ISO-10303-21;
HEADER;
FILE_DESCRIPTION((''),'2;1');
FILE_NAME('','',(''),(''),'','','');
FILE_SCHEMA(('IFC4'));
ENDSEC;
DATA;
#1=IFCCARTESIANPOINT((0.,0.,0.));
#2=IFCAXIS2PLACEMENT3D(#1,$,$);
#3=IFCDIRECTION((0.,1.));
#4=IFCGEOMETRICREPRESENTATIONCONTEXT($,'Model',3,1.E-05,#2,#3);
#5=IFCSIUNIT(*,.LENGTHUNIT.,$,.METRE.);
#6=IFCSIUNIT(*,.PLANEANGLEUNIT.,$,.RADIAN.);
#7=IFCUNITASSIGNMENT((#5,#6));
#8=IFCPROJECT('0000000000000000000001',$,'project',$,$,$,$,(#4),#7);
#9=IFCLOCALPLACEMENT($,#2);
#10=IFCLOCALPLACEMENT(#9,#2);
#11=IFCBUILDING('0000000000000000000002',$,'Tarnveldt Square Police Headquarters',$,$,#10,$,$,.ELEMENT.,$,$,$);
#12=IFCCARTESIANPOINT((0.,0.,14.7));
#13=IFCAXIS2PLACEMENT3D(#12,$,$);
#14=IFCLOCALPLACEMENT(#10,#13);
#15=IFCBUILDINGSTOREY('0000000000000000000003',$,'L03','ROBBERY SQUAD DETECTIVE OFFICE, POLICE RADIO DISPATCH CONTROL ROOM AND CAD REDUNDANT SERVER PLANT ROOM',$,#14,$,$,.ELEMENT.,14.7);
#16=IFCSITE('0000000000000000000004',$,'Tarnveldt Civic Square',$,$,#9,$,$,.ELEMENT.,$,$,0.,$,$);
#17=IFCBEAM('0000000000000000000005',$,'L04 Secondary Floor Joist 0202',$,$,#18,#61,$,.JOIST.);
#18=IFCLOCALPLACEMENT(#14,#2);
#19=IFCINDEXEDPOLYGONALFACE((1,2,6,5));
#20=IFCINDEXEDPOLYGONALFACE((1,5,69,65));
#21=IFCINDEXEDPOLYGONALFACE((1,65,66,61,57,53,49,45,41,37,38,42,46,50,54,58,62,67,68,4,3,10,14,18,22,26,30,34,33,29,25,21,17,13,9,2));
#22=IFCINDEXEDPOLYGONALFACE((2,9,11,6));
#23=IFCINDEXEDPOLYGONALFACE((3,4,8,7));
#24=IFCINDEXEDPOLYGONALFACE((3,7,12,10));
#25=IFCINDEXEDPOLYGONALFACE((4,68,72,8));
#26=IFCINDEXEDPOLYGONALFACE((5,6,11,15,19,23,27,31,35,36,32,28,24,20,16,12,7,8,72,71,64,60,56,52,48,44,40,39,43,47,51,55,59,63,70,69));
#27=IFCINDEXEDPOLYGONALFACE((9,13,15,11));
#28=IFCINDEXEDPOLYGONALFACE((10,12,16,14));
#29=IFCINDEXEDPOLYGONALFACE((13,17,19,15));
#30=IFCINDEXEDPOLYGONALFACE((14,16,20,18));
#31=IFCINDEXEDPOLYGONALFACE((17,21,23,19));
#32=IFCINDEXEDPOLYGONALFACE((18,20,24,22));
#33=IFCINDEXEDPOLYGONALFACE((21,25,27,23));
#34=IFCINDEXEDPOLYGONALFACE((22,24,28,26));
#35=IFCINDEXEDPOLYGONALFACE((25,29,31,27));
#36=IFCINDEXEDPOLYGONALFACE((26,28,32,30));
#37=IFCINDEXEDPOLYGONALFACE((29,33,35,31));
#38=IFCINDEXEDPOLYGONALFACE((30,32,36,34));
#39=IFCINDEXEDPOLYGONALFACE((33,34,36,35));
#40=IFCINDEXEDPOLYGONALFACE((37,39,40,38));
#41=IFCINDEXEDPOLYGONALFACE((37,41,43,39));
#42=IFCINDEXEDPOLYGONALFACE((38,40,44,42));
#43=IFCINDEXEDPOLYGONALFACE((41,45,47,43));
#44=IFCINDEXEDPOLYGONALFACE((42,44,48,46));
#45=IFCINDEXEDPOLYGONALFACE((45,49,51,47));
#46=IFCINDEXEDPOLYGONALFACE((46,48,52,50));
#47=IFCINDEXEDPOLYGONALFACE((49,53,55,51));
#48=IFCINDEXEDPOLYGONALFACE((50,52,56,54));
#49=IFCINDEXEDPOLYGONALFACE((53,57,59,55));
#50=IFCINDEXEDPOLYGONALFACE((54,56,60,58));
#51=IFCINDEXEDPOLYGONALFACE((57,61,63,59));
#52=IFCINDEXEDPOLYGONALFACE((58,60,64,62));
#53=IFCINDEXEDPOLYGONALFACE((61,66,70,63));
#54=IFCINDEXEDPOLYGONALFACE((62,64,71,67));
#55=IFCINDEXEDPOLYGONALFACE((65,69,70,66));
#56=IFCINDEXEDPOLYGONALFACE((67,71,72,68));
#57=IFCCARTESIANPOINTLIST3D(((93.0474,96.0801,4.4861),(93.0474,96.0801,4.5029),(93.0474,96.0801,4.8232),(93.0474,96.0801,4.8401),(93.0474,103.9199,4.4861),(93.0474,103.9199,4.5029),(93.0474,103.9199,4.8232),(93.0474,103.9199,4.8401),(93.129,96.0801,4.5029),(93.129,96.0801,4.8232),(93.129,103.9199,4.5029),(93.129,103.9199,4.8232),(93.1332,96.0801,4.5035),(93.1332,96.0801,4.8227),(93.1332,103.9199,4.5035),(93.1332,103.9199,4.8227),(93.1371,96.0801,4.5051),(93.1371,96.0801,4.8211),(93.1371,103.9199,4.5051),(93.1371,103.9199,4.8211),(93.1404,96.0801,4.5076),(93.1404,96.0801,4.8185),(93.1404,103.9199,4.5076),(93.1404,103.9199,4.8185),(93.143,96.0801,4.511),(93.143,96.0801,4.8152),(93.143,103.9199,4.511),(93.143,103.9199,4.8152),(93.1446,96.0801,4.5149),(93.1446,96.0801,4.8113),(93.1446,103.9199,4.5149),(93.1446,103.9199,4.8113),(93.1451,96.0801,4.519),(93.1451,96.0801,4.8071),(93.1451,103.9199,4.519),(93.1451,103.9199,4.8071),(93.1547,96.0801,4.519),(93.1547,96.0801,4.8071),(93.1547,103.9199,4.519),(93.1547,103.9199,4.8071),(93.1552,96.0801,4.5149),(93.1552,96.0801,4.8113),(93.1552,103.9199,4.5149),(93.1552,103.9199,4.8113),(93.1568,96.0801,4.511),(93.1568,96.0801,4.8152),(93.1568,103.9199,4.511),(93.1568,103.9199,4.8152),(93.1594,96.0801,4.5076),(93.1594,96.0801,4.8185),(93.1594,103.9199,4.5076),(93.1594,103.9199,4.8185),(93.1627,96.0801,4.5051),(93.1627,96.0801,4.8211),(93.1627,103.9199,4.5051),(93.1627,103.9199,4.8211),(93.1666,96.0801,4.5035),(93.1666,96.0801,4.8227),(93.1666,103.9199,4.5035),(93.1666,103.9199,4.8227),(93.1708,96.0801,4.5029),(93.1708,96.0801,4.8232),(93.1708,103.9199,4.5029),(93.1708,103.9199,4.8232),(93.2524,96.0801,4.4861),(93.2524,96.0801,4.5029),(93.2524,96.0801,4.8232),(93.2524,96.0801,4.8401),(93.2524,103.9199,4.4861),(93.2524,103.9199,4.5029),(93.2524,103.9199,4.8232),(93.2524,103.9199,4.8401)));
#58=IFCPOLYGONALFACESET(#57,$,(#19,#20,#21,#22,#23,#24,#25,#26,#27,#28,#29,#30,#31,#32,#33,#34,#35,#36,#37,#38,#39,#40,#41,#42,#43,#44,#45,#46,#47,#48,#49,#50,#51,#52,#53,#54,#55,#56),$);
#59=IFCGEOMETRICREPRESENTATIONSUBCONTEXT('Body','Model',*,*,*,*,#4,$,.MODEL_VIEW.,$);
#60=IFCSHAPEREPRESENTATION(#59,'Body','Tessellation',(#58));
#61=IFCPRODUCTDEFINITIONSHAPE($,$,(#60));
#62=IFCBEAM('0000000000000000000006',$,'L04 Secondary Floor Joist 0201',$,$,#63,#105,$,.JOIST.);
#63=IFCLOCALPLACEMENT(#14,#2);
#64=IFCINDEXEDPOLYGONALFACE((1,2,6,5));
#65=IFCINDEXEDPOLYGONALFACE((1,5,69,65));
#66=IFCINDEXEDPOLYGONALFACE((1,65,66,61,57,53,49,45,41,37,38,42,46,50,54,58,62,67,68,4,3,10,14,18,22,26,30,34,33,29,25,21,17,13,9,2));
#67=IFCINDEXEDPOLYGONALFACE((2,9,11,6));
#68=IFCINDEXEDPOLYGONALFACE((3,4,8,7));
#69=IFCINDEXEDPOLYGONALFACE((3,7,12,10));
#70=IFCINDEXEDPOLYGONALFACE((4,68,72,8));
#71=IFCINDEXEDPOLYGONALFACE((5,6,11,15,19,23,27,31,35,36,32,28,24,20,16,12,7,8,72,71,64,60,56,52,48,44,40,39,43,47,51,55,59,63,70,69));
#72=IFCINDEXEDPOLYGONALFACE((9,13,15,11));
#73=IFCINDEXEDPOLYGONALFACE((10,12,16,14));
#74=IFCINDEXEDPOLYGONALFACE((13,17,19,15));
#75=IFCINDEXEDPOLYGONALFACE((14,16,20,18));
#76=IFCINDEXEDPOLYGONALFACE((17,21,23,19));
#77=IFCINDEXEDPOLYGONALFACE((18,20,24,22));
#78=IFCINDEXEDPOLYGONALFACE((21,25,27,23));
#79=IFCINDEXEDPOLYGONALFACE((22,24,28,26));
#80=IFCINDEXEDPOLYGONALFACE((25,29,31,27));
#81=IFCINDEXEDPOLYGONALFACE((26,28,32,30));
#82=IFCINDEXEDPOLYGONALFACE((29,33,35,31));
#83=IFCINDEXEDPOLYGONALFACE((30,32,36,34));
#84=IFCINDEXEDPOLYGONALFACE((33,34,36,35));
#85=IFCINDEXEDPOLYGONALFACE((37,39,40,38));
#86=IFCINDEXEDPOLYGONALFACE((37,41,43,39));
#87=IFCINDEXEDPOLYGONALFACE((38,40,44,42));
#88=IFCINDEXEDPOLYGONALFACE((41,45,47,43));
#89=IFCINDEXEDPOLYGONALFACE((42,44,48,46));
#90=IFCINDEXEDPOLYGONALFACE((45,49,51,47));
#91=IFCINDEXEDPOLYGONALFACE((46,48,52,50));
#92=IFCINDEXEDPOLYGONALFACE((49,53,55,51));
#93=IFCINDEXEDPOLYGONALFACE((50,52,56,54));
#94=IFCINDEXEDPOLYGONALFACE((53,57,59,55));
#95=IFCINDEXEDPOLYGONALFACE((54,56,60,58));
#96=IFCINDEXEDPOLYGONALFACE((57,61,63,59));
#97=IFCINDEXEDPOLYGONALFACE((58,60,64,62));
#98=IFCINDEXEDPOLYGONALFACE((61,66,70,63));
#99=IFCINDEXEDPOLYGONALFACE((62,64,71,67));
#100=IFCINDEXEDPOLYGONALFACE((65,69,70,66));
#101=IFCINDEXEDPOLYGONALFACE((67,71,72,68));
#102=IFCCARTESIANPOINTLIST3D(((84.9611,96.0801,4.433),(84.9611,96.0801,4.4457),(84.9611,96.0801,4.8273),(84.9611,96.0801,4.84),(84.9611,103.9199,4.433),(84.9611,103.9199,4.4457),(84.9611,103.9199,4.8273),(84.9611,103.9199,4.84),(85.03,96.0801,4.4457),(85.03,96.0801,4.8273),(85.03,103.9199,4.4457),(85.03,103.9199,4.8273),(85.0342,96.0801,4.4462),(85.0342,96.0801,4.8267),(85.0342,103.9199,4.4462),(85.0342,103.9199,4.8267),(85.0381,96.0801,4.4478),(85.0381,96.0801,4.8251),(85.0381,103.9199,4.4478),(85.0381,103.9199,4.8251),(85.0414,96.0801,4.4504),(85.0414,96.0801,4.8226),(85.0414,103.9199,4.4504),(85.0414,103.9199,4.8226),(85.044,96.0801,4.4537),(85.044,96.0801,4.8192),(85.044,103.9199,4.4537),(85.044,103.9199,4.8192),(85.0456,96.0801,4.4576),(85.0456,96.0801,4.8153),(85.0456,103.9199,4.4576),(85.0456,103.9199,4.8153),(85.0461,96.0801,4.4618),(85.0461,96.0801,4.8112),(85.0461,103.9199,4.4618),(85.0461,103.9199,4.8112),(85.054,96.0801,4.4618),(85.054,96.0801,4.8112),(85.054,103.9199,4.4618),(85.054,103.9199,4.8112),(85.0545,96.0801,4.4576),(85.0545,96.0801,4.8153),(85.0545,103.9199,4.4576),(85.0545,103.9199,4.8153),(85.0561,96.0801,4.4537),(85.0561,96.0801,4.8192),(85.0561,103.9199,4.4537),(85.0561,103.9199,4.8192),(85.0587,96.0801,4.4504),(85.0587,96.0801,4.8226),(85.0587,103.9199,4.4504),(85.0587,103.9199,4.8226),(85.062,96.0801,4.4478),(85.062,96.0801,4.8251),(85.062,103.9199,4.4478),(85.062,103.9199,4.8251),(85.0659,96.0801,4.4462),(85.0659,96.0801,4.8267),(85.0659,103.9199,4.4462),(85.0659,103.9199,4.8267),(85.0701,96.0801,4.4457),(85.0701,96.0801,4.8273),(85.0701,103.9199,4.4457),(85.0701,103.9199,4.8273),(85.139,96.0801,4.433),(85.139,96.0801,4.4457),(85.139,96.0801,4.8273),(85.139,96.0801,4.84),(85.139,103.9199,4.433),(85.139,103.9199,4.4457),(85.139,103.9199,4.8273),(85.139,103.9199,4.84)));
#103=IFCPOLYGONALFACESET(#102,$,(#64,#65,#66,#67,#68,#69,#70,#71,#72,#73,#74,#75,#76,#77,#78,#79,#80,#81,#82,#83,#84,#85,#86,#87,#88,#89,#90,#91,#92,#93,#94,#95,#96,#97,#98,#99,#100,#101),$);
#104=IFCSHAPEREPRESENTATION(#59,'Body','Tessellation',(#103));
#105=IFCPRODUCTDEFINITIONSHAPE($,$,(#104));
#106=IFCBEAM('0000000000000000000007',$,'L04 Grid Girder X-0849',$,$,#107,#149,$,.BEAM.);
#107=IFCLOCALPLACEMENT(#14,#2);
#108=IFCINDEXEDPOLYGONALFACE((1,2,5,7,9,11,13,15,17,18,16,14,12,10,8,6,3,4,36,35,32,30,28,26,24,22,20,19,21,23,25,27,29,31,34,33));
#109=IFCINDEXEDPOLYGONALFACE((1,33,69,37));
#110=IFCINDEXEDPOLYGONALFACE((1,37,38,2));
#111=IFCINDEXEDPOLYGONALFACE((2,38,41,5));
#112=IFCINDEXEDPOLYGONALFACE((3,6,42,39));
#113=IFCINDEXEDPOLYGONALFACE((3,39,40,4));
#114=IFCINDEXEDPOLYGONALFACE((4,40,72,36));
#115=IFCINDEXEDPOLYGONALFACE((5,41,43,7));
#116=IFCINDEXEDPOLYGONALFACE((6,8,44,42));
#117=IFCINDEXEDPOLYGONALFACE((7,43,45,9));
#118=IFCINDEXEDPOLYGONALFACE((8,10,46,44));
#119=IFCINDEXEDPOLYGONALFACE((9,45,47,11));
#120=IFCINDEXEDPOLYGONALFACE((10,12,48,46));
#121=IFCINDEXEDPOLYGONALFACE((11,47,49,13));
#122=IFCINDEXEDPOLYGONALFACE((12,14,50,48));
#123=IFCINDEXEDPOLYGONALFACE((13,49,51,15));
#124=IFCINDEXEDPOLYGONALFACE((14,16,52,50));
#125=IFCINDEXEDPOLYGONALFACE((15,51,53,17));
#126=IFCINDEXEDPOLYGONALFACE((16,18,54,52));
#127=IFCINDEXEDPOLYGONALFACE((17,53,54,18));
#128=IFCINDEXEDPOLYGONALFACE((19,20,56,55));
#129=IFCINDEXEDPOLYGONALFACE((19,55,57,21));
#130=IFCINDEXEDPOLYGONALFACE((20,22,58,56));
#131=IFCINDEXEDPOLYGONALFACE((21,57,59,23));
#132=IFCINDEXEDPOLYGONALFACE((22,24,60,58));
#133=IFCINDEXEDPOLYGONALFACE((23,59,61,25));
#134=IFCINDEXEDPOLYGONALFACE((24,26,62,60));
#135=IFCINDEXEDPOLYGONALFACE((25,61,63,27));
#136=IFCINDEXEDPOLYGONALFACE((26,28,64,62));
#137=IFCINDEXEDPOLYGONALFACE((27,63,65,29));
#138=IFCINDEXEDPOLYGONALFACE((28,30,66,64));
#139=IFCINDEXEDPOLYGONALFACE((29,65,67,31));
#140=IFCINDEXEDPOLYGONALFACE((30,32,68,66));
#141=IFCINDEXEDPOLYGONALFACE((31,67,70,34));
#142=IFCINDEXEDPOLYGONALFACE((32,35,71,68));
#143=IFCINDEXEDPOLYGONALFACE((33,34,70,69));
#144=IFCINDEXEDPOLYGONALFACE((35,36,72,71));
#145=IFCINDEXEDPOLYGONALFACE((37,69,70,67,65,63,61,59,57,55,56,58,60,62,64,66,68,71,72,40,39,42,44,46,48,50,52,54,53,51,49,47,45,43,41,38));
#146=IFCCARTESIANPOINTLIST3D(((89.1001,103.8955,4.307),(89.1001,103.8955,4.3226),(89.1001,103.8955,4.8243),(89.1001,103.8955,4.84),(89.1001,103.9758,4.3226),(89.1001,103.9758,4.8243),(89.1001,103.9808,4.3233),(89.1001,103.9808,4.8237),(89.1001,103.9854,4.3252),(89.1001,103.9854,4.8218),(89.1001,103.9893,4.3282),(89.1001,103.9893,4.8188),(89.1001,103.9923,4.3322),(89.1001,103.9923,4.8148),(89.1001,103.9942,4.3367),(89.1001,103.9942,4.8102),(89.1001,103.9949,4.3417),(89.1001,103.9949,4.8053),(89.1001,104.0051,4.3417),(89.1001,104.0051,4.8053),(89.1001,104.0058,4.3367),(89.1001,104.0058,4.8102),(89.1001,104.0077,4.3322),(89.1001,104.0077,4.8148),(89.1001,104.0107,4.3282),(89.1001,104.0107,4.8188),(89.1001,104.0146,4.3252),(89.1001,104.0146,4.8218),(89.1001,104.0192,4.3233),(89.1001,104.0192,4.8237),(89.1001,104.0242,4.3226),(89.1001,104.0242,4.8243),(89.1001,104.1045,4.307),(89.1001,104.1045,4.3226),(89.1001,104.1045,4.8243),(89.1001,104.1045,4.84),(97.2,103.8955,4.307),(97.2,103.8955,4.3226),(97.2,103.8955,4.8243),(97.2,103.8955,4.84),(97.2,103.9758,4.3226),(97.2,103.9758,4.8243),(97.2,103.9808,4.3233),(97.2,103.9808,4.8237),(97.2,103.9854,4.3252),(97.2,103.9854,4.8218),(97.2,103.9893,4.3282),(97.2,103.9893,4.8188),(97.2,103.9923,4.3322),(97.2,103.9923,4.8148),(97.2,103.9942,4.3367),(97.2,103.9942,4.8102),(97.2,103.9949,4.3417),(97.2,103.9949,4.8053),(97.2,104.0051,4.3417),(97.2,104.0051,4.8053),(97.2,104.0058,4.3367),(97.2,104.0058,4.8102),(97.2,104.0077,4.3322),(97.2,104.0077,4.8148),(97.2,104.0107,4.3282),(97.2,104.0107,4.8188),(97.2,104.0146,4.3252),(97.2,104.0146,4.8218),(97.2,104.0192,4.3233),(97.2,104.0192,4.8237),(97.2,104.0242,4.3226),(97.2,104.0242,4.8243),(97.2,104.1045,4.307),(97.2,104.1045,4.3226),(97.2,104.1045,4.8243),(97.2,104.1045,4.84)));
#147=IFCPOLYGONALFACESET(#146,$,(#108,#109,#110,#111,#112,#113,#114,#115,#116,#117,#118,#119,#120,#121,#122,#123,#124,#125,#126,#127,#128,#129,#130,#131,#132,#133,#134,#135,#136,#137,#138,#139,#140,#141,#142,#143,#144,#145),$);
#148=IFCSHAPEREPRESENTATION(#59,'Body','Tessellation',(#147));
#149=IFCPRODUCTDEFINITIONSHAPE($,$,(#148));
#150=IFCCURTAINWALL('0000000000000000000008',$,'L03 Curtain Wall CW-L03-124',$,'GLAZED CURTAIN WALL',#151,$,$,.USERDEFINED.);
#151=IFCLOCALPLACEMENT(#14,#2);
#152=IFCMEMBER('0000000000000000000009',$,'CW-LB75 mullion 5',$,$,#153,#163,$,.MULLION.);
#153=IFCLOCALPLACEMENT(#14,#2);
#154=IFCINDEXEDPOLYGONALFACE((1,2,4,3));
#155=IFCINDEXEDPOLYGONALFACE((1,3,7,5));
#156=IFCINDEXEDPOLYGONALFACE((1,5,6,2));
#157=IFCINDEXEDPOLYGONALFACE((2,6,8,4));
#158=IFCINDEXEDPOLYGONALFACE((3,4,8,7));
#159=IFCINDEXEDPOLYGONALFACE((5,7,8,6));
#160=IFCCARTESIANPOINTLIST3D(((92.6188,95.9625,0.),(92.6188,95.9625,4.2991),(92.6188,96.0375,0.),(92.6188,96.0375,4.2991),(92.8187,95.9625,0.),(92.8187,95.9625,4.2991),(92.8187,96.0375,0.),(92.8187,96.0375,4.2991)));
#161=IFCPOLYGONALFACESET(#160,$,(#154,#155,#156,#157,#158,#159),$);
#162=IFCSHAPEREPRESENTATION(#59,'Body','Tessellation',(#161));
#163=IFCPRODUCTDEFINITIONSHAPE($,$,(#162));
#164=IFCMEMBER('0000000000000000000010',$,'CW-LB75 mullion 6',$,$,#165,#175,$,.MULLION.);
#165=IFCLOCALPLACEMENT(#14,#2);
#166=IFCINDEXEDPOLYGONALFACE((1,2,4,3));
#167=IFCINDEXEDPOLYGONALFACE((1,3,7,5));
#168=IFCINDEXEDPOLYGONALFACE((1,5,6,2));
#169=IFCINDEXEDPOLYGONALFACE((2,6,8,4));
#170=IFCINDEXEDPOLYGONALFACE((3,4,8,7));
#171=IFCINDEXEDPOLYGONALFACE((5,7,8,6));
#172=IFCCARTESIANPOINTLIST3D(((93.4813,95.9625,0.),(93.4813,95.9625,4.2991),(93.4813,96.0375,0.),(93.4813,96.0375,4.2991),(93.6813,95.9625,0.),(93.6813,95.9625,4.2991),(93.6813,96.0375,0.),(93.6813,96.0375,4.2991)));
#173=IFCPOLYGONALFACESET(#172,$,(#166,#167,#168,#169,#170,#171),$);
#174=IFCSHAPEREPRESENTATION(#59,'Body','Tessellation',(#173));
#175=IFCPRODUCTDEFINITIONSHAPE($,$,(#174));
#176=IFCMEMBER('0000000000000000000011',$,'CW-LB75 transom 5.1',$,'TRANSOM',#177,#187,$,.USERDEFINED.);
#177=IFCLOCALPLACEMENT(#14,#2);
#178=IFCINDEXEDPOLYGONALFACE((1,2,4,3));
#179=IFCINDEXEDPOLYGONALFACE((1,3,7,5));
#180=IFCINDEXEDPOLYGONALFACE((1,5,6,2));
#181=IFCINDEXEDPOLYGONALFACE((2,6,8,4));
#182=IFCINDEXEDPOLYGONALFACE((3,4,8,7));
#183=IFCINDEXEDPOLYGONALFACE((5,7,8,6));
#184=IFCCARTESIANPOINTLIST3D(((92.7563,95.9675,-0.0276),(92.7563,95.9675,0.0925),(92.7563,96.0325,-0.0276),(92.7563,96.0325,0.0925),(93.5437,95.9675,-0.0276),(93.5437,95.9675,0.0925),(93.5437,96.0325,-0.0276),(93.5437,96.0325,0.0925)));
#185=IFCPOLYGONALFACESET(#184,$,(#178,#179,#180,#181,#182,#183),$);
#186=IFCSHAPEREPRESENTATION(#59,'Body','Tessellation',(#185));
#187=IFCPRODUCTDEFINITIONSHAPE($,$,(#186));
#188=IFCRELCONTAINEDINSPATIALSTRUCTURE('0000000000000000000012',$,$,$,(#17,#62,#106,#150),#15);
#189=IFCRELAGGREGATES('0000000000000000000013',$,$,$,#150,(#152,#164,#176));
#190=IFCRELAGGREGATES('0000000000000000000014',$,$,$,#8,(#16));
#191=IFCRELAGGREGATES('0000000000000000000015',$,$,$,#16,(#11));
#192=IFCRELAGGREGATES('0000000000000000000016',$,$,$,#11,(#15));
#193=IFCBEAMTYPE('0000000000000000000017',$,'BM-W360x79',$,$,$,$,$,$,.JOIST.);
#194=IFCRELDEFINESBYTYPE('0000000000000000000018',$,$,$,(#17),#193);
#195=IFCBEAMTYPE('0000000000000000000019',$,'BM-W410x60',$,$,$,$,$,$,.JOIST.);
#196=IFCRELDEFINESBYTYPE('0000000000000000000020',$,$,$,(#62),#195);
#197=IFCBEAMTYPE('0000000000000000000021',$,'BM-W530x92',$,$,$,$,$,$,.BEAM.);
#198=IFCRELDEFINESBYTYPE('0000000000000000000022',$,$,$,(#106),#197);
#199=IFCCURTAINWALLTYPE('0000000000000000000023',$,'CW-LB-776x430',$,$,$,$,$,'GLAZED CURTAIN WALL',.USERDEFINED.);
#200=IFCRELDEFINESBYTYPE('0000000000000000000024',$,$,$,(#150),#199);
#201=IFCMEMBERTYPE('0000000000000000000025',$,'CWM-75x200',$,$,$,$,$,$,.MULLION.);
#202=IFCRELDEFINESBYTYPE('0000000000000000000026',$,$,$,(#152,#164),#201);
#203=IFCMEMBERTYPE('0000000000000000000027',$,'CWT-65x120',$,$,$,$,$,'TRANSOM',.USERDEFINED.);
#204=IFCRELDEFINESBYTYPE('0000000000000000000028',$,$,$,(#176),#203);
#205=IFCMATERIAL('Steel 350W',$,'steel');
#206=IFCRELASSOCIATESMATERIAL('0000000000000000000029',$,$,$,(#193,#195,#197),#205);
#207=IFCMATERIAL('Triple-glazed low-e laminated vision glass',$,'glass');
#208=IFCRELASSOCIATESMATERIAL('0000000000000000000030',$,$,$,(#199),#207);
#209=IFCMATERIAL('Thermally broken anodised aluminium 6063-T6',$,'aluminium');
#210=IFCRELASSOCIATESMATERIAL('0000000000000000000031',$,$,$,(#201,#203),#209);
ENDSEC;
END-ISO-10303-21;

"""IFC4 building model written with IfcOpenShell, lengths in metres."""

from ifc_helpers import new_model, si_unit, direction, frame, origin, origin_2d, place, context, subcontext, project, spatial, rectangle, i_section, extrude, material, material_profile, profile_set, type_object, element, aggregate, save


model = new_model("IFC4")

# Units and contexts
model_context = context("Model", 3, precision=1e-05, world=origin(), true_north=direction((0.0, 1.0)))
body_context = subcontext(model_context, "Body", "Model", "MODEL_VIEW")
ifc_project = project(units=[si_unit("LENGTHUNIT", "METRE"), si_unit("PLANEANGLEUNIT", "RADIAN")], contexts=[model_context])

# Site, building, storey
site_placement = place(None, origin())
site = spatial("IfcSite", under=ifc_project, at=site_placement, Name="Tarnveldt Civic Square", CompositionType="ELEMENT", RefElevation=0.0)
building_placement = place(site_placement, origin())
building = spatial("IfcBuilding", under=site, at=building_placement, Name="Tarnveldt Square Police Headquarters", CompositionType="ELEMENT")
storey_placement = place(building_placement, frame((0.0, 0.0, 14.7)))
storey = spatial("IfcBuildingStorey", under=building, at=storey_placement, Name="L03", Description="ROBBERY SQUAD DETECTIVE OFFICE, POLICE RADIO DISPATCH CONTROL ROOM AND CAD REDUNDANT SERVER PLANT ROOM", CompositionType="ELEMENT", Elevation=14.7)

# Shared definitions
ifc_material_1 = material(Name="Steel 350W", Category="steel")

# Beams
ifc_material_profile_1 = material_profile(ifc_material_1, i_section(OverallWidth=0.2051, OverallDepth=0.354, WebThickness=0.0095, FlangeThickness=0.0168, FilletRadius=0.0161, at=origin_2d()), Name="W360x79")
ifc_profile_set_1 = profile_set([ifc_material_profile_1], Name="Steel 350W")
beam_type_1 = type_object("IfcBeamType", Name="BM-W360x79", PredefinedType="JOIST", material=ifc_profile_set_1)
beam_1_placement = place(storey_placement, frame((93.1499, 96.0801, 4.6631), z_axis=(0.0, 1.0, 0.0), x_axis=(-1.0, 0.0, 0.0)))
element("IfcBeam", 1, at=beam_1_placement, inside=storey, type_object=beam_type_1, Name="L04 Secondary Floor Joist 0202", PredefinedType="JOIST", context=body_context, shape_type="SweptSolid", body=[
    extrude(i_section(OverallWidth=0.2051, OverallDepth=0.354, WebThickness=0.0095, FlangeThickness=0.0168, FilletRadius=0.0161, at=origin_2d()), origin(), (0.0, 0.0, 1.0), 7.8398),
])
ifc_material_profile_2 = material_profile(ifc_material_1, i_section(OverallWidth=0.178, OverallDepth=0.407, WebThickness=0.0078, FlangeThickness=0.0127, FilletRadius=0.0161, at=origin_2d()), Name="W410x60")
ifc_profile_set_2 = profile_set([ifc_material_profile_2], Name="Steel 350W")
beam_type_2 = type_object("IfcBeamType", Name="BM-W410x60", PredefinedType="JOIST", material=ifc_profile_set_2)
beam_2_placement = place(storey_placement, frame((85.05, 96.0801, 4.6365), z_axis=(0.0, 1.0, 0.0), x_axis=(-1.0, 0.0, 0.0)))
element("IfcBeam", 2, at=beam_2_placement, inside=storey, type_object=beam_type_2, Name="L04 Secondary Floor Joist 0201", PredefinedType="JOIST", context=body_context, shape_type="SweptSolid", body=[
    extrude(i_section(OverallWidth=0.178, OverallDepth=0.407, WebThickness=0.0078, FlangeThickness=0.0127, FilletRadius=0.0161, at=origin_2d()), origin(), (0.0, 0.0, 1.0), 7.8398),
])
ifc_material_profile_3 = material_profile(ifc_material_1, i_section(OverallWidth=0.209, OverallDepth=0.533, WebThickness=0.0103, FlangeThickness=0.0156, FilletRadius=0.019, at=origin_2d()), Name="W530x92")
ifc_profile_set_3 = profile_set([ifc_material_profile_3], Name="Steel 350W")
beam_type_3 = type_object("IfcBeamType", Name="BM-W530x92", PredefinedType="BEAM", material=ifc_profile_set_3)
beam_3_placement = place(storey_placement, frame((89.1001, 104.0, 4.5735), z_axis=(1.0, 0.0, 0.0), x_axis=(0.0, 1.0, 0.0)))
element("IfcBeam", 3, at=beam_3_placement, inside=storey, type_object=beam_type_3, Name="L04 Grid Girder X-0849", PredefinedType="BEAM", context=body_context, shape_type="SweptSolid", body=[
    extrude(i_section(OverallWidth=0.209, OverallDepth=0.533, WebThickness=0.0103, FlangeThickness=0.0156, FilletRadius=0.019, at=origin_2d()), origin(), (0.0, 0.0, 1.0), 8.0999),
])

# Curtain wall, members
ifc_material_2 = material(Name="Triple-glazed low-e laminated vision glass", Category="glass")
curtain_wall_type = type_object("IfcCurtainWallType", Name="CW-LB-776x430", ElementType="GLAZED CURTAIN WALL", PredefinedType="USERDEFINED", material=ifc_material_2)
curtain_wall_placement = place(storey_placement, origin())
curtain_wall = element("IfcCurtainWall", 4, at=curtain_wall_placement, inside=storey, type_object=curtain_wall_type, Name="L03 Curtain Wall CW-L03-124", ObjectType="GLAZED CURTAIN WALL", PredefinedType="USERDEFINED")
ifc_material_3 = material(Name="Thermally broken anodised aluminium 6063-T6", Category="aluminium")
ifc_material_profile_4 = material_profile(ifc_material_3, rectangle(XDim=0.075, YDim=0.2, at=origin_2d()), Name="CW-M75x200")
ifc_profile_set_4 = profile_set([ifc_material_profile_4], Name="Thermally broken anodised aluminium 6063-T6")
member_type_1 = type_object("IfcMemberType", Name="CWM-75x200", PredefinedType="MULLION", material=ifc_profile_set_4)
member_1_placement = place(storey_placement, frame((92.7188, 96.0, 0.0), z_axis=(0.0, 0.0, 1.0), x_axis=(0.0, 1.0, 0.0)))
member_1 = element("IfcMember", 5, at=member_1_placement, type_object=member_type_1, Name="CW-LB75 mullion 5", PredefinedType="MULLION", context=body_context, shape_type="SweptSolid", body=[
    extrude(rectangle(XDim=0.075, YDim=0.2, at=origin_2d()), origin(), (0.0, 0.0, 1.0), 4.2991),
])
member_2_placement = place(storey_placement, frame((93.5813, 96.0, 0.0), z_axis=(0.0, 0.0, 1.0), x_axis=(0.0, 1.0, 0.0)))
member_2 = element("IfcMember", 6, at=member_2_placement, type_object=member_type_1, Name="CW-LB75 mullion 6", PredefinedType="MULLION", context=body_context, shape_type="SweptSolid", body=[
    extrude(rectangle(XDim=0.075, YDim=0.2, at=origin_2d()), origin(), (0.0, 0.0, 1.0), 4.2991),
])
ifc_material_profile_5 = material_profile(ifc_material_3, rectangle(XDim=0.0649, YDim=0.1201, at=origin_2d()), Name="CW-T65x120")
ifc_profile_set_5 = profile_set([ifc_material_profile_5], Name="Thermally broken anodised aluminium 6063-T6")
member_type_2 = type_object("IfcMemberType", Name="CWT-65x120", ElementType="TRANSOM", PredefinedType="USERDEFINED", material=ifc_profile_set_5)
member_3_placement = place(storey_placement, frame((92.7563, 96.0, 0.0325), z_axis=(1.0, 0.0, 0.0), x_axis=(0.0, 1.0, 0.0)))
member_3 = element("IfcMember", 7, at=member_3_placement, type_object=member_type_2, Name="CW-LB75 transom 5.1", ObjectType="TRANSOM", PredefinedType="USERDEFINED", context=body_context, shape_type="SweptSolid", body=[
    extrude(rectangle(XDim=0.0649, YDim=0.1201, at=origin_2d()), origin(), (0.0, 0.0, 1.0), 0.7874),
])
aggregate(curtain_wall, [member_1, member_2, member_3])

save(model, "model.ifc")
